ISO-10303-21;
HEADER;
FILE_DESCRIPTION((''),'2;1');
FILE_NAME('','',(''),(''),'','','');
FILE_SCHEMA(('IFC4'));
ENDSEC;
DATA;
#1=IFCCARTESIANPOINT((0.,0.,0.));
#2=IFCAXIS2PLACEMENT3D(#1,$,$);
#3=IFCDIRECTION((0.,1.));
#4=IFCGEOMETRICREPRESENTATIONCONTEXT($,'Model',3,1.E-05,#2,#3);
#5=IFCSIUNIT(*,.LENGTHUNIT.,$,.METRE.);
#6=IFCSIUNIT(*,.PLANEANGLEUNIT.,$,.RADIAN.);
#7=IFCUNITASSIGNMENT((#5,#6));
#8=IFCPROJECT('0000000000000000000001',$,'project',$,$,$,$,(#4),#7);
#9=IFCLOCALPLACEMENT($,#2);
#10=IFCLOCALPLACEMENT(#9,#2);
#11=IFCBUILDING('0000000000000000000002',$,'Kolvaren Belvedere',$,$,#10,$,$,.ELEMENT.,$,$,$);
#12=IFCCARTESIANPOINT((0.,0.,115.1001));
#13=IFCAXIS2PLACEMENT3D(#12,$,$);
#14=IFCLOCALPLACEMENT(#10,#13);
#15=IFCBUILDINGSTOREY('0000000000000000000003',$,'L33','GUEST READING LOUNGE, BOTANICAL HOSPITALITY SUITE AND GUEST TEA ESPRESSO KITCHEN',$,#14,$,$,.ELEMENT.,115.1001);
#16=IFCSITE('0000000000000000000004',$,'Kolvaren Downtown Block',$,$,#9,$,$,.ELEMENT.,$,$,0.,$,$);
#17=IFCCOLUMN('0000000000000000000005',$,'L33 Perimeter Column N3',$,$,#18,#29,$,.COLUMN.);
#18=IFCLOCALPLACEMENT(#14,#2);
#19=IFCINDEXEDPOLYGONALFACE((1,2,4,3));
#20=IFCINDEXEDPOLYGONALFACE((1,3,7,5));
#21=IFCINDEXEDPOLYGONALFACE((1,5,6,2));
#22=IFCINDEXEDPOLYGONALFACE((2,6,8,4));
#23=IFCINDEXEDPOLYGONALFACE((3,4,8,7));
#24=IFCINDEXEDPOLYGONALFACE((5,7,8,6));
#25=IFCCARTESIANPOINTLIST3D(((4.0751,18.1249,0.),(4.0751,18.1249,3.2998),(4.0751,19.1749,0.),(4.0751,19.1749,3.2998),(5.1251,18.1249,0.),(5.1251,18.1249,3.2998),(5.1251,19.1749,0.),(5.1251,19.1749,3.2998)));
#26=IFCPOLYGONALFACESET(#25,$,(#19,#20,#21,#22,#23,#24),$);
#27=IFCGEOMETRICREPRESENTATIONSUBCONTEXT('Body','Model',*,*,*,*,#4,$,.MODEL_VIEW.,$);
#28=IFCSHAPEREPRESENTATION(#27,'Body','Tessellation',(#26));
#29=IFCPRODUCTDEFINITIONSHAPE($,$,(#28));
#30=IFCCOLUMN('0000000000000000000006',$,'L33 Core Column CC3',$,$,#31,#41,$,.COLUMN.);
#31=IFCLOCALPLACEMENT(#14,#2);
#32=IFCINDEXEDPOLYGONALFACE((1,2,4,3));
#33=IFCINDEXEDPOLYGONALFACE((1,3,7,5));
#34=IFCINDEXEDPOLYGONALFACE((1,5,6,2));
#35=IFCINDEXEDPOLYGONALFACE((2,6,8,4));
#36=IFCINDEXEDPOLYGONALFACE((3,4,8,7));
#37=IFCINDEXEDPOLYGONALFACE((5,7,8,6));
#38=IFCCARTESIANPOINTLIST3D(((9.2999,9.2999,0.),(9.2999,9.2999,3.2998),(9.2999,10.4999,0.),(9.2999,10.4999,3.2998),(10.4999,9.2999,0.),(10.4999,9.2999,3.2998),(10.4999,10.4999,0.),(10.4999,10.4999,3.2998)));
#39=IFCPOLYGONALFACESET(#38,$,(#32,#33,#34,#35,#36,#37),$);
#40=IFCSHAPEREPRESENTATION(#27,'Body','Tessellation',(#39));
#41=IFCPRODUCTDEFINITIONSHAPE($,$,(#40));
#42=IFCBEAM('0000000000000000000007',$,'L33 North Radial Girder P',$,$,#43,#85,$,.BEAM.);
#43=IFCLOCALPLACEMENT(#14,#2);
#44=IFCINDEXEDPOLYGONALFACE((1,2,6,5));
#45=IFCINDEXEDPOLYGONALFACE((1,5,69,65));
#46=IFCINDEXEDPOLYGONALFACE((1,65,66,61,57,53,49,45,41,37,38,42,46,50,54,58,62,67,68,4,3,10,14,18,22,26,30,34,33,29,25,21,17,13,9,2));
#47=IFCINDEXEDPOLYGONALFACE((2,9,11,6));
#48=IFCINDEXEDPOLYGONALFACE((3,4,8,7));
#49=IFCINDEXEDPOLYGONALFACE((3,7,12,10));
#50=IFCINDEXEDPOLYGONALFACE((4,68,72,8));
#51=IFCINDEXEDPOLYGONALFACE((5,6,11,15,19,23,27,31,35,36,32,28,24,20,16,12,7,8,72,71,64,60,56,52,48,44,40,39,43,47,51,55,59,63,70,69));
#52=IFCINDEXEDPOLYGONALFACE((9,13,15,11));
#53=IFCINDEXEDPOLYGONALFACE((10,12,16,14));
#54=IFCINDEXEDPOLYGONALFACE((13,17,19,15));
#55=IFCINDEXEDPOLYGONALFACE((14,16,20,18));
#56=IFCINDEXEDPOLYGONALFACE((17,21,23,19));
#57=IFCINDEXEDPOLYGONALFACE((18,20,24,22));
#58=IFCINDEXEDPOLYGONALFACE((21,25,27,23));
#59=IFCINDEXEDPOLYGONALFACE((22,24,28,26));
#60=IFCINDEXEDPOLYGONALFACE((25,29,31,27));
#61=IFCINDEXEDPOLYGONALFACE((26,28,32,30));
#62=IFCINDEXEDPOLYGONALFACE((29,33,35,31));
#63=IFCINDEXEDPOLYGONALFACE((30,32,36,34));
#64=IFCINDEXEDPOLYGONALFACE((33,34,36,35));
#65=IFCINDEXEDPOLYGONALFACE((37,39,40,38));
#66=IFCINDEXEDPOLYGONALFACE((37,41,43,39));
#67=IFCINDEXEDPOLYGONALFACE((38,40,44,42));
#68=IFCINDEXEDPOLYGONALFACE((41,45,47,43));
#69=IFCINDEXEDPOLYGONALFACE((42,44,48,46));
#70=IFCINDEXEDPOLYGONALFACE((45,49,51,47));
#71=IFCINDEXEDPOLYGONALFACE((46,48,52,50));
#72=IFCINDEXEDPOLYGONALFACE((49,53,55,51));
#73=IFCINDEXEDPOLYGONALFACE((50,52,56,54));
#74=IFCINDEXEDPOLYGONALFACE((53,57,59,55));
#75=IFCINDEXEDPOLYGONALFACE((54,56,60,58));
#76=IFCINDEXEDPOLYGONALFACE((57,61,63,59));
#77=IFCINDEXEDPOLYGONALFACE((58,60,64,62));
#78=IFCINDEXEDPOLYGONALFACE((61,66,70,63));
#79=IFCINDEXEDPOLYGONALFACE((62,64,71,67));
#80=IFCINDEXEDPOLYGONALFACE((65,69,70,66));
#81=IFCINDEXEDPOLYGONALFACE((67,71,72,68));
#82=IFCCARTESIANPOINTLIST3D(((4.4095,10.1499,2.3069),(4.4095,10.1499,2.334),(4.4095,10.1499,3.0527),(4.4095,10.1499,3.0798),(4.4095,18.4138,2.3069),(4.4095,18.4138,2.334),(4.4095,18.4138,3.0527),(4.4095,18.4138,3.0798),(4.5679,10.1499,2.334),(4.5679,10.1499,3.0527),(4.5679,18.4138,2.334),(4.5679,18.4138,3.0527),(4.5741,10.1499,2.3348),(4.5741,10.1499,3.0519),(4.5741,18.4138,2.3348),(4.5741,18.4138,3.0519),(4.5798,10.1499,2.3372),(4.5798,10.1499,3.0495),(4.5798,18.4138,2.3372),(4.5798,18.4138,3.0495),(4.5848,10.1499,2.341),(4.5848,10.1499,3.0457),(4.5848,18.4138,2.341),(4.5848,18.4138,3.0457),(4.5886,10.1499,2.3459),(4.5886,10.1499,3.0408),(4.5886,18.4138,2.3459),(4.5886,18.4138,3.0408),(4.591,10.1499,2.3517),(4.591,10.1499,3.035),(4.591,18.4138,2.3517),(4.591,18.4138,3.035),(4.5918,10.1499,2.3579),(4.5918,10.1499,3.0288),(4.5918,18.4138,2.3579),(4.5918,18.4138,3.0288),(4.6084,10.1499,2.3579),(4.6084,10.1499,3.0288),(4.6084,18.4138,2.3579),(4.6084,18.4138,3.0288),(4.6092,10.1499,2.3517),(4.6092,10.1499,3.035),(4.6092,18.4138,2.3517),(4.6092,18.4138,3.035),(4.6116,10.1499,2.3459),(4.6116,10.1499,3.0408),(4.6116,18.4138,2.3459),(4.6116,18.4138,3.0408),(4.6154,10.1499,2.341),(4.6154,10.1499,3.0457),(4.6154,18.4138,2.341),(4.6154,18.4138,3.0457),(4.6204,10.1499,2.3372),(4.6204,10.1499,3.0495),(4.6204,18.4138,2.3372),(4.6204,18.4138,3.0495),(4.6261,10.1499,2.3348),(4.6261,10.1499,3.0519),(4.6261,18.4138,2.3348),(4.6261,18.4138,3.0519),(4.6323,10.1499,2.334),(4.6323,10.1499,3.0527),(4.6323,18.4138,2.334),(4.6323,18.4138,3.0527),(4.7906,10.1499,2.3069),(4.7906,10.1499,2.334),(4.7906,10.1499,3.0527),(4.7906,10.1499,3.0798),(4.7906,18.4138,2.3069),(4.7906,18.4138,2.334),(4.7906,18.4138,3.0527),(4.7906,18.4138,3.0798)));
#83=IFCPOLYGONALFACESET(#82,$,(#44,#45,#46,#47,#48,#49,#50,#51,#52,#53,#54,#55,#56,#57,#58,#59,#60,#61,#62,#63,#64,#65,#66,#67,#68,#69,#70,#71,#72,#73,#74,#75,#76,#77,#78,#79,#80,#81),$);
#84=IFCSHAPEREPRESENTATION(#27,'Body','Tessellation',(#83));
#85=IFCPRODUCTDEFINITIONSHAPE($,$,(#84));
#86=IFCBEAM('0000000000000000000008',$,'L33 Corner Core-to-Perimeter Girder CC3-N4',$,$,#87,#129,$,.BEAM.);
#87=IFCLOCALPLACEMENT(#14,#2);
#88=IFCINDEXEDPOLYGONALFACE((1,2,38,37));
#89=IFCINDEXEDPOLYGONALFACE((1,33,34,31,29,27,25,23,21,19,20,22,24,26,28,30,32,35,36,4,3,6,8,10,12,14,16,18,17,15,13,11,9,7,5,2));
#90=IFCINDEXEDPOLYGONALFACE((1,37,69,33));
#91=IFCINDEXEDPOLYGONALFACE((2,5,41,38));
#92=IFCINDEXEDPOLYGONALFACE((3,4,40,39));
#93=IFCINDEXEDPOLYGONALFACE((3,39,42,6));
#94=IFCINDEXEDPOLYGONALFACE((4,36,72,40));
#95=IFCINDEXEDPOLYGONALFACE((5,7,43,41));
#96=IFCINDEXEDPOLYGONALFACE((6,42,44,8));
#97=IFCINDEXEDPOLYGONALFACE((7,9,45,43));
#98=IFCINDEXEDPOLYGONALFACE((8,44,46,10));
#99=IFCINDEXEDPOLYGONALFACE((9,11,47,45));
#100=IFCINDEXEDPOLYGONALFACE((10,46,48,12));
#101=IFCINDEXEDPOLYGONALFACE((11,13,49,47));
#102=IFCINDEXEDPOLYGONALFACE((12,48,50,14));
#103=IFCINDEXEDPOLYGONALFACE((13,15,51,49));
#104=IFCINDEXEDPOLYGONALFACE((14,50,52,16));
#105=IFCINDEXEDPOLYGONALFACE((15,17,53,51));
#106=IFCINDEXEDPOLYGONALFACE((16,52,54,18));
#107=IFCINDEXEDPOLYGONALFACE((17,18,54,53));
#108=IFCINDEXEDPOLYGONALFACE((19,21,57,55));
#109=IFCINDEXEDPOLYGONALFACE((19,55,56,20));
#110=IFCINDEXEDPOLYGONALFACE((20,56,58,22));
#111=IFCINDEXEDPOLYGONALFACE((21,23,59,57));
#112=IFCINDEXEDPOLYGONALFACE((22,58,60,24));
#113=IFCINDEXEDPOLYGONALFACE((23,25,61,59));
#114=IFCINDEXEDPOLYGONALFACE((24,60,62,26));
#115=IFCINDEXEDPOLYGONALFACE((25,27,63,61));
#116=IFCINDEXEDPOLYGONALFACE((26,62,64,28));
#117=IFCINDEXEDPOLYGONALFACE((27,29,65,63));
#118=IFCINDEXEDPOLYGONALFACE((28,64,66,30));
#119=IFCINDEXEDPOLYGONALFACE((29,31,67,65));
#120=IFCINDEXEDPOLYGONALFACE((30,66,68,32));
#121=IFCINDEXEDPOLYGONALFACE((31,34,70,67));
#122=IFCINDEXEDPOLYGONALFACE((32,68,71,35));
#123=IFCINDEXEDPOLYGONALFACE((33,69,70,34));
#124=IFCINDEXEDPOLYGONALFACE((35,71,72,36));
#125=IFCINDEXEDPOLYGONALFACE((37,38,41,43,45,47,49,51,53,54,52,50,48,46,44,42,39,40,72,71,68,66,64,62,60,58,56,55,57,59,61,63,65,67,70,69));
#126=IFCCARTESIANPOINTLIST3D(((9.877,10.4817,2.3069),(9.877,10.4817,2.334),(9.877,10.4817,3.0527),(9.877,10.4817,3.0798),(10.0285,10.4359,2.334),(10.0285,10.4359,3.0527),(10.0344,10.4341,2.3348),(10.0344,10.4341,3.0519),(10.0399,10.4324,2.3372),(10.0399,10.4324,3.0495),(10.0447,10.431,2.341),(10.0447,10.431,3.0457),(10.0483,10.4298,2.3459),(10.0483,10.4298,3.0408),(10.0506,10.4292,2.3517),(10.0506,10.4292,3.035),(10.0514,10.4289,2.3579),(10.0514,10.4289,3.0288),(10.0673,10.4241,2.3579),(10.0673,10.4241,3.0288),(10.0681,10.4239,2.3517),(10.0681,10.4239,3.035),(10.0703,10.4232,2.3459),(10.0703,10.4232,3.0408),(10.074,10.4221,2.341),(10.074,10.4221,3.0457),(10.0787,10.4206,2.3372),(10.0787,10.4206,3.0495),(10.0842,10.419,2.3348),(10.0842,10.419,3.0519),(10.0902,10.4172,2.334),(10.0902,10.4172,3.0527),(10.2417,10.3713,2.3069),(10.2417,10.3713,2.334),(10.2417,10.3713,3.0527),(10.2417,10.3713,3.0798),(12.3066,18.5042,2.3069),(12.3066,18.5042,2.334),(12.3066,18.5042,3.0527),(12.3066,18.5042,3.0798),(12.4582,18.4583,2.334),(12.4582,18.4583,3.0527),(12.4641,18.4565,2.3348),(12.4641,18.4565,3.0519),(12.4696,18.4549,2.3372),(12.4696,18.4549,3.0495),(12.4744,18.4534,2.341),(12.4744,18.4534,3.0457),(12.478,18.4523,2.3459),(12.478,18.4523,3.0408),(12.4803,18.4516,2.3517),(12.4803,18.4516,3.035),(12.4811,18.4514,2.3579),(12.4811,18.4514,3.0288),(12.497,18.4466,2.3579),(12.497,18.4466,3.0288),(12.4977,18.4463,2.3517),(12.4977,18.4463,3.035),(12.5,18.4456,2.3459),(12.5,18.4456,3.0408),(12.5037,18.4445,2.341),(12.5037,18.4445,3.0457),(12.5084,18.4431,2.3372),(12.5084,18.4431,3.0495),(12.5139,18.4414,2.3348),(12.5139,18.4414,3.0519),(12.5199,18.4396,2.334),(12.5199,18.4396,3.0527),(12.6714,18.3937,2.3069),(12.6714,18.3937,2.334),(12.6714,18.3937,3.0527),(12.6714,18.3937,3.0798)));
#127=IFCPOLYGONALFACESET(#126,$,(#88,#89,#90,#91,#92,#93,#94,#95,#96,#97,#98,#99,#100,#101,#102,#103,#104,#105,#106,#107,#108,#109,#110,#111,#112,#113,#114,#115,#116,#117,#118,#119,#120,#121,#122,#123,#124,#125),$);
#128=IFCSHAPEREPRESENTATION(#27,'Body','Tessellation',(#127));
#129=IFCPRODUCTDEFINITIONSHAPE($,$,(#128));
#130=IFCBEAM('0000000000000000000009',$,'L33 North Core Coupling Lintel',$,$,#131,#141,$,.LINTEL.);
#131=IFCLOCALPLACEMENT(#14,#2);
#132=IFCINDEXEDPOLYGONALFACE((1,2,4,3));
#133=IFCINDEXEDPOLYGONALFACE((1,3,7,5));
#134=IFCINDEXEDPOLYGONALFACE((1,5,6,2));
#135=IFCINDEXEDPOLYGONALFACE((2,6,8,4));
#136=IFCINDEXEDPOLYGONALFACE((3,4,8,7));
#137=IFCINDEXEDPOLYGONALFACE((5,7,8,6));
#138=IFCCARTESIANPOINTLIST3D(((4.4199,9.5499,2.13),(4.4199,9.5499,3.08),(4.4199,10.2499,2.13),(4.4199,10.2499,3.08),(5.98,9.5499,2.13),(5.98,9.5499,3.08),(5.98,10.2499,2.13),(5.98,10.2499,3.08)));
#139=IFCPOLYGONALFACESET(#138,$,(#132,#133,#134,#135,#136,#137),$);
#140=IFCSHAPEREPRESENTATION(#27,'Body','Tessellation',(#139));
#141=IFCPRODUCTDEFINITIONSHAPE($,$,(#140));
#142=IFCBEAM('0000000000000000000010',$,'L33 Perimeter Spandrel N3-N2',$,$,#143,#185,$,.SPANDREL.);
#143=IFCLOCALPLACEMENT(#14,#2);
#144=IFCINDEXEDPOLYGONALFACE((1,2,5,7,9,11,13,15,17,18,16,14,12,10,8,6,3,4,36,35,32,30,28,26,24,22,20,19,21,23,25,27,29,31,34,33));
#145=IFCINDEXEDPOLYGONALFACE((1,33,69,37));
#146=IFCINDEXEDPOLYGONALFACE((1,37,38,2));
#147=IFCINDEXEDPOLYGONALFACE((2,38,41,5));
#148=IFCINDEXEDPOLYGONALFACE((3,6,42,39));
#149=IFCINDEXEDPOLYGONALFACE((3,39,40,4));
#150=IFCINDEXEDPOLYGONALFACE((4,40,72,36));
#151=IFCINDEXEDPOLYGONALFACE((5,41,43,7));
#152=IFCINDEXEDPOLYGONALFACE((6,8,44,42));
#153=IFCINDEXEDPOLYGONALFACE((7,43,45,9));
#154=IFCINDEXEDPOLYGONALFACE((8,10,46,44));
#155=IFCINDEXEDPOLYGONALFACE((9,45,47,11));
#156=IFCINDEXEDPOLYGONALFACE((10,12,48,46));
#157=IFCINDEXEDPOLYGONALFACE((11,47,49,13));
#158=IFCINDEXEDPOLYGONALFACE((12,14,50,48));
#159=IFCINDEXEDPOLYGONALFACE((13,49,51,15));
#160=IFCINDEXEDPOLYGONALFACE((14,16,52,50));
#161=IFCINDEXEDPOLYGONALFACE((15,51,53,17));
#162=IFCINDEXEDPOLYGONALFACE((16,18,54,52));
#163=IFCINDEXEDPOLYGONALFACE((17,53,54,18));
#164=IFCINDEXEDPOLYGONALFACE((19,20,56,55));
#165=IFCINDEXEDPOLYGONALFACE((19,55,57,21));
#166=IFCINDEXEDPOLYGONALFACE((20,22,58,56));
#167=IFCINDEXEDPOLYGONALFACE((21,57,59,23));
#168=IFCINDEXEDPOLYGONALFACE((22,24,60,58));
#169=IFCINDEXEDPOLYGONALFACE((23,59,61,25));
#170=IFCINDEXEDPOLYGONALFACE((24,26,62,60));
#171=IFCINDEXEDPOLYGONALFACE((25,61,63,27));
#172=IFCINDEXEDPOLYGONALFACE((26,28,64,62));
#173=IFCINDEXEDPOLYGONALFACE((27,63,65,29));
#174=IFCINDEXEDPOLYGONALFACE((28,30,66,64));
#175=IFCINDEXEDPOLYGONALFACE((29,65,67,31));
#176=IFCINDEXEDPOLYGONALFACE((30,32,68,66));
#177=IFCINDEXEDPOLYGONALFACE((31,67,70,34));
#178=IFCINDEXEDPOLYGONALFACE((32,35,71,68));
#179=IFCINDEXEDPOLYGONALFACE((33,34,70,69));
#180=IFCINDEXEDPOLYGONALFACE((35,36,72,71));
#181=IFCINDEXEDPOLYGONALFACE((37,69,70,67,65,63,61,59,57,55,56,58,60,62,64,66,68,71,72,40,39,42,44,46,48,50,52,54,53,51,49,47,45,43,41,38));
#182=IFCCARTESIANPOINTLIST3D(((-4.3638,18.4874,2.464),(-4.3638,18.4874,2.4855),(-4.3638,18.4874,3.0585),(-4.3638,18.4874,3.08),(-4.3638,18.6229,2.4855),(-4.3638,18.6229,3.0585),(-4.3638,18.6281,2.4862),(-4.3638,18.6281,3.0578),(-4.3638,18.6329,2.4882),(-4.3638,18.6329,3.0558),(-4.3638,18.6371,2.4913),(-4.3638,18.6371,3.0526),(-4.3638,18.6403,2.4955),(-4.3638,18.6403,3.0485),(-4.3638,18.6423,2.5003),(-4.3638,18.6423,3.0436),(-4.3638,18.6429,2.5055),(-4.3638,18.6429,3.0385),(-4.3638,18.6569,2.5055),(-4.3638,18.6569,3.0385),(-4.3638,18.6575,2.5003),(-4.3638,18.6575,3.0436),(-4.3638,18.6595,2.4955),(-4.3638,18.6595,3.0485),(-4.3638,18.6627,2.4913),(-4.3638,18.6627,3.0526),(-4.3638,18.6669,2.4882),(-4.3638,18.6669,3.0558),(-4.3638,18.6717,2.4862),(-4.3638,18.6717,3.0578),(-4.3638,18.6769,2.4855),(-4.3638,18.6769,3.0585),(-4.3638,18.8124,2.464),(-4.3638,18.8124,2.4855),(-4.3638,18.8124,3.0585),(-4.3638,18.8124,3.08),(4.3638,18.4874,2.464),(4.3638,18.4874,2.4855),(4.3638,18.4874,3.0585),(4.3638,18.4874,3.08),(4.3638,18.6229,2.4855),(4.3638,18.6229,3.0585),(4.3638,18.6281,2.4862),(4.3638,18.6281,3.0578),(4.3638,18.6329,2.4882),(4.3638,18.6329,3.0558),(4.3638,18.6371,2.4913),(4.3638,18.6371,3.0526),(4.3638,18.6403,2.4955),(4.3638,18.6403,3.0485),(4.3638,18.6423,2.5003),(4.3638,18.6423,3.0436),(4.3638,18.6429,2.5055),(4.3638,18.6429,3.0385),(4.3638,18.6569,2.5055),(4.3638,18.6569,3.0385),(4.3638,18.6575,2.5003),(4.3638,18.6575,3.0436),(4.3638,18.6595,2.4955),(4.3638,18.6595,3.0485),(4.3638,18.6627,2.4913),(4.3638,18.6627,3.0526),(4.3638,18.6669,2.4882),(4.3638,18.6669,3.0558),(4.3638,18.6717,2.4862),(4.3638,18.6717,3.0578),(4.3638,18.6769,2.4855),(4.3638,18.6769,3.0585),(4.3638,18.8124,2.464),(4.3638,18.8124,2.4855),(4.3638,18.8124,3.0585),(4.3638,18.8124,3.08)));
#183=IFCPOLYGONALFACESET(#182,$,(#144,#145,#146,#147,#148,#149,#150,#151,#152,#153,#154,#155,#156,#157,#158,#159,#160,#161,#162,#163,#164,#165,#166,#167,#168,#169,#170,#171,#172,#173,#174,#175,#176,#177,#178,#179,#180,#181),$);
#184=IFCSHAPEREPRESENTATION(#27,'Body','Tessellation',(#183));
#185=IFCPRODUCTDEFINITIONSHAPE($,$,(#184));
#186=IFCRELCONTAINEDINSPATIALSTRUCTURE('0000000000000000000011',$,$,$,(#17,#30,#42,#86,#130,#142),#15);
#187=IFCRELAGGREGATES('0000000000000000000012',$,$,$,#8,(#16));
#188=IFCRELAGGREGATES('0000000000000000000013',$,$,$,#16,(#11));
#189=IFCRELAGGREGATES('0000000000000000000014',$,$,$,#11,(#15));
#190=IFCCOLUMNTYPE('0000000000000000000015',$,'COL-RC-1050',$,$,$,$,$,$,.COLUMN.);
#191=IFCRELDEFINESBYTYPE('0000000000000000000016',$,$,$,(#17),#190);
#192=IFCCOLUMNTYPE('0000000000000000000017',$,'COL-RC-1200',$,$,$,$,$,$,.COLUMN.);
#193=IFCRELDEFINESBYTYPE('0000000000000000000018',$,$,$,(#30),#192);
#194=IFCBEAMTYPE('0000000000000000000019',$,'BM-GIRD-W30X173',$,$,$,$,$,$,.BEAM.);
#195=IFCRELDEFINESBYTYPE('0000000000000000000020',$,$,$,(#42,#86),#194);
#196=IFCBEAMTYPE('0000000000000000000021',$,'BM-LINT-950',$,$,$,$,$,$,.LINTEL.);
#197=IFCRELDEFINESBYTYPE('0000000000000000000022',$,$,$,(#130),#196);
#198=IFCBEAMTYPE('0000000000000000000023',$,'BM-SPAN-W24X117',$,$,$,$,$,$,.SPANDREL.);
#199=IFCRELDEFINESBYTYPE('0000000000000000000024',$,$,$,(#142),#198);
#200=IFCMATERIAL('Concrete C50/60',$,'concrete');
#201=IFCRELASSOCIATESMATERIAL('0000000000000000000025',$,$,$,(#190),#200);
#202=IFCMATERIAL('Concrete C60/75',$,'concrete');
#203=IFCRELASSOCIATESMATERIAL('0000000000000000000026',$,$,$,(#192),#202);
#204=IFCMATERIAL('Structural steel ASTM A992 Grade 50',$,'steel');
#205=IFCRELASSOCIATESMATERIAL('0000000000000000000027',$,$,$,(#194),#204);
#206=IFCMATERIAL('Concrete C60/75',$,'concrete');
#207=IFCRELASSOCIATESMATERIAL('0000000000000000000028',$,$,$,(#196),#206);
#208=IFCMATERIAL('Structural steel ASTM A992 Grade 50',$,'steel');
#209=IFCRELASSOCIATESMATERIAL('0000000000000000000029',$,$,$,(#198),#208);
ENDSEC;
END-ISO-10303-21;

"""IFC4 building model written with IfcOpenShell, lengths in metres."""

from ifc_helpers import new_model, si_unit, direction, frame, origin, origin_2d, place, context, subcontext, project, spatial, rectangle, i_section, extrude, material, material_profile, profile_set, type_object, element, save


model = new_model("IFC4")

# Units and contexts
model_context = context("Model", 3, precision=1e-05, world=origin(), true_north=direction((0.0, 1.0)))
body_context = subcontext(model_context, "Body", "Model", "MODEL_VIEW")
ifc_project = project(units=[si_unit("LENGTHUNIT", "METRE"), si_unit("PLANEANGLEUNIT", "RADIAN")], contexts=[model_context])

# Site, building, storey
site_placement = place(None, origin())
site = spatial("IfcSite", under=ifc_project, at=site_placement, Name="Kolvaren Downtown Block", CompositionType="ELEMENT", RefElevation=0.0)
building_placement = place(site_placement, origin())
building = spatial("IfcBuilding", under=site, at=building_placement, Name="Kolvaren Belvedere", CompositionType="ELEMENT")
storey_placement = place(building_placement, frame((0.0, 0.0, 115.1001)))
storey = spatial("IfcBuildingStorey", under=building, at=storey_placement, Name="L33", Description="GUEST READING LOUNGE, BOTANICAL HOSPITALITY SUITE AND GUEST TEA ESPRESSO KITCHEN", CompositionType="ELEMENT", Elevation=115.1001)

# Columns
ifc_material_1 = material(Name="Concrete C50/60", Category="concrete")
ifc_material_profile_1 = material_profile(ifc_material_1, rectangle(XDim=1.05, YDim=1.05, at=origin_2d()), Name="RC 1050X1050")
ifc_profile_set_1 = profile_set([ifc_material_profile_1], Name="Concrete C50/60")
column_type_1 = type_object("IfcColumnType", Name="COL-RC-1050", PredefinedType="COLUMN", material=ifc_profile_set_1)
column_1_placement = place(storey_placement, frame((4.6001, 18.6499, 0.0), z_axis=(0.0, 0.0, 1.0), x_axis=(1.0, 0.0, 0.0)))
element("IfcColumn", 1, at=column_1_placement, inside=storey, type_object=column_type_1, Name="L33 Perimeter Column N3", PredefinedType="COLUMN", context=body_context, shape_type="SweptSolid", body=[
    extrude(rectangle(XDim=1.05, YDim=1.05, at=origin_2d()), origin(), (0.0, 0.0, 1.0), 3.2998),
])
ifc_material_2 = material(Name="Concrete C60/75", Category="concrete")
ifc_material_profile_2 = material_profile(ifc_material_2, rectangle(XDim=1.2, YDim=1.2, at=origin_2d()), Name="RC 1200X1200")
ifc_profile_set_2 = profile_set([ifc_material_profile_2], Name="Concrete C60/75")
column_type_2 = type_object("IfcColumnType", Name="COL-RC-1200", PredefinedType="COLUMN", material=ifc_profile_set_2)
column_2_placement = place(storey_placement, frame((9.8999, 9.8999, 0.0), z_axis=(0.0, 0.0, 1.0), x_axis=(1.0, 0.0, 0.0)))
element("IfcColumn", 2, at=column_2_placement, inside=storey, type_object=column_type_2, Name="L33 Core Column CC3", PredefinedType="COLUMN", context=body_context, shape_type="SweptSolid", body=[
    extrude(rectangle(XDim=1.2, YDim=1.2, at=origin_2d()), origin(), (0.0, 0.0, 1.0), 3.2998),
])

# Beams
ifc_material_3 = material(Name="Structural steel ASTM A992 Grade 50", Category="steel")
ifc_material_profile_3 = material_profile(ifc_material_3, i_section(OverallWidth=0.3811, OverallDepth=0.7729, WebThickness=0.0166, FlangeThickness=0.0271, FilletRadius=0.0239, at=origin_2d()), Name="W30X173")
ifc_profile_set_3 = profile_set([ifc_material_profile_3], Name="Structural steel ASTM A992 Grade 50")
beam_type_1 = type_object("IfcBeamType", Name="BM-GIRD-W30X173", PredefinedType="BEAM", material=ifc_profile_set_3)
beam_1_placement = place(storey_placement, frame((4.6001, 10.1499, 2.6934), z_axis=(0.0, 1.0, 0.0), x_axis=(-1.0, 0.0, 0.0)))
element("IfcBeam", 3, at=beam_1_placement, inside=storey, type_object=beam_type_1, Name="L33 North Radial Girder P", PredefinedType="BEAM", context=body_context, shape_type="SweptSolid", body=[
    extrude(i_section(OverallWidth=0.3811, OverallDepth=0.7729, WebThickness=0.0166, FlangeThickness=0.0271, FilletRadius=0.0239, at=origin_2d()), origin(), (0.0, 0.0, 1.0), 8.2639),
])
beam_2_placement = place(storey_placement, frame((10.0593, 10.4265, 2.6934), z_axis=(0.289859, 0.957069, 0.0), x_axis=(-0.957069, 0.289859, 0.0)))
element("IfcBeam", 4, at=beam_2_placement, inside=storey, type_object=beam_type_1, Name="L33 Corner Core-to-Perimeter Girder CC3-N4", PredefinedType="BEAM", context=body_context, shape_type="SweptSolid", body=[
    extrude(i_section(OverallWidth=0.3811, OverallDepth=0.7729, WebThickness=0.0166, FlangeThickness=0.0271, FilletRadius=0.0239, at=origin_2d()), origin(), (0.0, 0.0, 1.0), 8.3823),
])
ifc_material_4 = material(Name="Concrete C60/75", Category="concrete")
ifc_material_profile_4 = material_profile(ifc_material_4, rectangle(XDim=0.7, YDim=0.95, at=origin_2d()), Name="RC 700X950")
ifc_profile_set_4 = profile_set([ifc_material_profile_4], Name="Concrete C60/75")
beam_type_2 = type_object("IfcBeamType", Name="BM-LINT-950", PredefinedType="LINTEL", material=ifc_profile_set_4)
beam_3_placement = place(storey_placement, frame((4.4199, 9.8999, 2.605), z_axis=(1.0, 0.0, 0.0), x_axis=(0.0, 1.0, 0.0)))
element("IfcBeam", 5, at=beam_3_placement, inside=storey, type_object=beam_type_2, Name="L33 North Core Coupling Lintel", PredefinedType="LINTEL", context=body_context, shape_type="SweptSolid", body=[
    extrude(rectangle(XDim=0.7, YDim=0.95, at=origin_2d()), origin(), (0.0, 0.0, 1.0), 1.5601),
])
ifc_material_5 = material(Name="Structural steel ASTM A992 Grade 50", Category="steel")
ifc_material_profile_5 = material_profile(ifc_material_5, i_section(OverallWidth=0.325, OverallDepth=0.616, WebThickness=0.0139, FlangeThickness=0.0215, FilletRadius=0.02, at=origin_2d()), Name="W24X117")
ifc_profile_set_5 = profile_set([ifc_material_profile_5], Name="Structural steel ASTM A992 Grade 50")
beam_type_3 = type_object("IfcBeamType", Name="BM-SPAN-W24X117", PredefinedType="SPANDREL", material=ifc_profile_set_5)
beam_4_placement = place(storey_placement, frame((4.3638, 18.6499, 2.772), z_axis=(-1.0, 0.0, 0.0), x_axis=(0.0, -1.0, 0.0)))
element("IfcBeam", 6, at=beam_4_placement, inside=storey, type_object=beam_type_3, Name="L33 Perimeter Spandrel N3-N2", PredefinedType="SPANDREL", context=body_context, shape_type="SweptSolid", body=[
    extrude(i_section(OverallWidth=0.325, OverallDepth=0.616, WebThickness=0.0139, FlangeThickness=0.0215, FilletRadius=0.02, at=origin_2d()), origin(), (0.0, 0.0, 1.0), 8.7275),
])

save(model, "model.ifc")
